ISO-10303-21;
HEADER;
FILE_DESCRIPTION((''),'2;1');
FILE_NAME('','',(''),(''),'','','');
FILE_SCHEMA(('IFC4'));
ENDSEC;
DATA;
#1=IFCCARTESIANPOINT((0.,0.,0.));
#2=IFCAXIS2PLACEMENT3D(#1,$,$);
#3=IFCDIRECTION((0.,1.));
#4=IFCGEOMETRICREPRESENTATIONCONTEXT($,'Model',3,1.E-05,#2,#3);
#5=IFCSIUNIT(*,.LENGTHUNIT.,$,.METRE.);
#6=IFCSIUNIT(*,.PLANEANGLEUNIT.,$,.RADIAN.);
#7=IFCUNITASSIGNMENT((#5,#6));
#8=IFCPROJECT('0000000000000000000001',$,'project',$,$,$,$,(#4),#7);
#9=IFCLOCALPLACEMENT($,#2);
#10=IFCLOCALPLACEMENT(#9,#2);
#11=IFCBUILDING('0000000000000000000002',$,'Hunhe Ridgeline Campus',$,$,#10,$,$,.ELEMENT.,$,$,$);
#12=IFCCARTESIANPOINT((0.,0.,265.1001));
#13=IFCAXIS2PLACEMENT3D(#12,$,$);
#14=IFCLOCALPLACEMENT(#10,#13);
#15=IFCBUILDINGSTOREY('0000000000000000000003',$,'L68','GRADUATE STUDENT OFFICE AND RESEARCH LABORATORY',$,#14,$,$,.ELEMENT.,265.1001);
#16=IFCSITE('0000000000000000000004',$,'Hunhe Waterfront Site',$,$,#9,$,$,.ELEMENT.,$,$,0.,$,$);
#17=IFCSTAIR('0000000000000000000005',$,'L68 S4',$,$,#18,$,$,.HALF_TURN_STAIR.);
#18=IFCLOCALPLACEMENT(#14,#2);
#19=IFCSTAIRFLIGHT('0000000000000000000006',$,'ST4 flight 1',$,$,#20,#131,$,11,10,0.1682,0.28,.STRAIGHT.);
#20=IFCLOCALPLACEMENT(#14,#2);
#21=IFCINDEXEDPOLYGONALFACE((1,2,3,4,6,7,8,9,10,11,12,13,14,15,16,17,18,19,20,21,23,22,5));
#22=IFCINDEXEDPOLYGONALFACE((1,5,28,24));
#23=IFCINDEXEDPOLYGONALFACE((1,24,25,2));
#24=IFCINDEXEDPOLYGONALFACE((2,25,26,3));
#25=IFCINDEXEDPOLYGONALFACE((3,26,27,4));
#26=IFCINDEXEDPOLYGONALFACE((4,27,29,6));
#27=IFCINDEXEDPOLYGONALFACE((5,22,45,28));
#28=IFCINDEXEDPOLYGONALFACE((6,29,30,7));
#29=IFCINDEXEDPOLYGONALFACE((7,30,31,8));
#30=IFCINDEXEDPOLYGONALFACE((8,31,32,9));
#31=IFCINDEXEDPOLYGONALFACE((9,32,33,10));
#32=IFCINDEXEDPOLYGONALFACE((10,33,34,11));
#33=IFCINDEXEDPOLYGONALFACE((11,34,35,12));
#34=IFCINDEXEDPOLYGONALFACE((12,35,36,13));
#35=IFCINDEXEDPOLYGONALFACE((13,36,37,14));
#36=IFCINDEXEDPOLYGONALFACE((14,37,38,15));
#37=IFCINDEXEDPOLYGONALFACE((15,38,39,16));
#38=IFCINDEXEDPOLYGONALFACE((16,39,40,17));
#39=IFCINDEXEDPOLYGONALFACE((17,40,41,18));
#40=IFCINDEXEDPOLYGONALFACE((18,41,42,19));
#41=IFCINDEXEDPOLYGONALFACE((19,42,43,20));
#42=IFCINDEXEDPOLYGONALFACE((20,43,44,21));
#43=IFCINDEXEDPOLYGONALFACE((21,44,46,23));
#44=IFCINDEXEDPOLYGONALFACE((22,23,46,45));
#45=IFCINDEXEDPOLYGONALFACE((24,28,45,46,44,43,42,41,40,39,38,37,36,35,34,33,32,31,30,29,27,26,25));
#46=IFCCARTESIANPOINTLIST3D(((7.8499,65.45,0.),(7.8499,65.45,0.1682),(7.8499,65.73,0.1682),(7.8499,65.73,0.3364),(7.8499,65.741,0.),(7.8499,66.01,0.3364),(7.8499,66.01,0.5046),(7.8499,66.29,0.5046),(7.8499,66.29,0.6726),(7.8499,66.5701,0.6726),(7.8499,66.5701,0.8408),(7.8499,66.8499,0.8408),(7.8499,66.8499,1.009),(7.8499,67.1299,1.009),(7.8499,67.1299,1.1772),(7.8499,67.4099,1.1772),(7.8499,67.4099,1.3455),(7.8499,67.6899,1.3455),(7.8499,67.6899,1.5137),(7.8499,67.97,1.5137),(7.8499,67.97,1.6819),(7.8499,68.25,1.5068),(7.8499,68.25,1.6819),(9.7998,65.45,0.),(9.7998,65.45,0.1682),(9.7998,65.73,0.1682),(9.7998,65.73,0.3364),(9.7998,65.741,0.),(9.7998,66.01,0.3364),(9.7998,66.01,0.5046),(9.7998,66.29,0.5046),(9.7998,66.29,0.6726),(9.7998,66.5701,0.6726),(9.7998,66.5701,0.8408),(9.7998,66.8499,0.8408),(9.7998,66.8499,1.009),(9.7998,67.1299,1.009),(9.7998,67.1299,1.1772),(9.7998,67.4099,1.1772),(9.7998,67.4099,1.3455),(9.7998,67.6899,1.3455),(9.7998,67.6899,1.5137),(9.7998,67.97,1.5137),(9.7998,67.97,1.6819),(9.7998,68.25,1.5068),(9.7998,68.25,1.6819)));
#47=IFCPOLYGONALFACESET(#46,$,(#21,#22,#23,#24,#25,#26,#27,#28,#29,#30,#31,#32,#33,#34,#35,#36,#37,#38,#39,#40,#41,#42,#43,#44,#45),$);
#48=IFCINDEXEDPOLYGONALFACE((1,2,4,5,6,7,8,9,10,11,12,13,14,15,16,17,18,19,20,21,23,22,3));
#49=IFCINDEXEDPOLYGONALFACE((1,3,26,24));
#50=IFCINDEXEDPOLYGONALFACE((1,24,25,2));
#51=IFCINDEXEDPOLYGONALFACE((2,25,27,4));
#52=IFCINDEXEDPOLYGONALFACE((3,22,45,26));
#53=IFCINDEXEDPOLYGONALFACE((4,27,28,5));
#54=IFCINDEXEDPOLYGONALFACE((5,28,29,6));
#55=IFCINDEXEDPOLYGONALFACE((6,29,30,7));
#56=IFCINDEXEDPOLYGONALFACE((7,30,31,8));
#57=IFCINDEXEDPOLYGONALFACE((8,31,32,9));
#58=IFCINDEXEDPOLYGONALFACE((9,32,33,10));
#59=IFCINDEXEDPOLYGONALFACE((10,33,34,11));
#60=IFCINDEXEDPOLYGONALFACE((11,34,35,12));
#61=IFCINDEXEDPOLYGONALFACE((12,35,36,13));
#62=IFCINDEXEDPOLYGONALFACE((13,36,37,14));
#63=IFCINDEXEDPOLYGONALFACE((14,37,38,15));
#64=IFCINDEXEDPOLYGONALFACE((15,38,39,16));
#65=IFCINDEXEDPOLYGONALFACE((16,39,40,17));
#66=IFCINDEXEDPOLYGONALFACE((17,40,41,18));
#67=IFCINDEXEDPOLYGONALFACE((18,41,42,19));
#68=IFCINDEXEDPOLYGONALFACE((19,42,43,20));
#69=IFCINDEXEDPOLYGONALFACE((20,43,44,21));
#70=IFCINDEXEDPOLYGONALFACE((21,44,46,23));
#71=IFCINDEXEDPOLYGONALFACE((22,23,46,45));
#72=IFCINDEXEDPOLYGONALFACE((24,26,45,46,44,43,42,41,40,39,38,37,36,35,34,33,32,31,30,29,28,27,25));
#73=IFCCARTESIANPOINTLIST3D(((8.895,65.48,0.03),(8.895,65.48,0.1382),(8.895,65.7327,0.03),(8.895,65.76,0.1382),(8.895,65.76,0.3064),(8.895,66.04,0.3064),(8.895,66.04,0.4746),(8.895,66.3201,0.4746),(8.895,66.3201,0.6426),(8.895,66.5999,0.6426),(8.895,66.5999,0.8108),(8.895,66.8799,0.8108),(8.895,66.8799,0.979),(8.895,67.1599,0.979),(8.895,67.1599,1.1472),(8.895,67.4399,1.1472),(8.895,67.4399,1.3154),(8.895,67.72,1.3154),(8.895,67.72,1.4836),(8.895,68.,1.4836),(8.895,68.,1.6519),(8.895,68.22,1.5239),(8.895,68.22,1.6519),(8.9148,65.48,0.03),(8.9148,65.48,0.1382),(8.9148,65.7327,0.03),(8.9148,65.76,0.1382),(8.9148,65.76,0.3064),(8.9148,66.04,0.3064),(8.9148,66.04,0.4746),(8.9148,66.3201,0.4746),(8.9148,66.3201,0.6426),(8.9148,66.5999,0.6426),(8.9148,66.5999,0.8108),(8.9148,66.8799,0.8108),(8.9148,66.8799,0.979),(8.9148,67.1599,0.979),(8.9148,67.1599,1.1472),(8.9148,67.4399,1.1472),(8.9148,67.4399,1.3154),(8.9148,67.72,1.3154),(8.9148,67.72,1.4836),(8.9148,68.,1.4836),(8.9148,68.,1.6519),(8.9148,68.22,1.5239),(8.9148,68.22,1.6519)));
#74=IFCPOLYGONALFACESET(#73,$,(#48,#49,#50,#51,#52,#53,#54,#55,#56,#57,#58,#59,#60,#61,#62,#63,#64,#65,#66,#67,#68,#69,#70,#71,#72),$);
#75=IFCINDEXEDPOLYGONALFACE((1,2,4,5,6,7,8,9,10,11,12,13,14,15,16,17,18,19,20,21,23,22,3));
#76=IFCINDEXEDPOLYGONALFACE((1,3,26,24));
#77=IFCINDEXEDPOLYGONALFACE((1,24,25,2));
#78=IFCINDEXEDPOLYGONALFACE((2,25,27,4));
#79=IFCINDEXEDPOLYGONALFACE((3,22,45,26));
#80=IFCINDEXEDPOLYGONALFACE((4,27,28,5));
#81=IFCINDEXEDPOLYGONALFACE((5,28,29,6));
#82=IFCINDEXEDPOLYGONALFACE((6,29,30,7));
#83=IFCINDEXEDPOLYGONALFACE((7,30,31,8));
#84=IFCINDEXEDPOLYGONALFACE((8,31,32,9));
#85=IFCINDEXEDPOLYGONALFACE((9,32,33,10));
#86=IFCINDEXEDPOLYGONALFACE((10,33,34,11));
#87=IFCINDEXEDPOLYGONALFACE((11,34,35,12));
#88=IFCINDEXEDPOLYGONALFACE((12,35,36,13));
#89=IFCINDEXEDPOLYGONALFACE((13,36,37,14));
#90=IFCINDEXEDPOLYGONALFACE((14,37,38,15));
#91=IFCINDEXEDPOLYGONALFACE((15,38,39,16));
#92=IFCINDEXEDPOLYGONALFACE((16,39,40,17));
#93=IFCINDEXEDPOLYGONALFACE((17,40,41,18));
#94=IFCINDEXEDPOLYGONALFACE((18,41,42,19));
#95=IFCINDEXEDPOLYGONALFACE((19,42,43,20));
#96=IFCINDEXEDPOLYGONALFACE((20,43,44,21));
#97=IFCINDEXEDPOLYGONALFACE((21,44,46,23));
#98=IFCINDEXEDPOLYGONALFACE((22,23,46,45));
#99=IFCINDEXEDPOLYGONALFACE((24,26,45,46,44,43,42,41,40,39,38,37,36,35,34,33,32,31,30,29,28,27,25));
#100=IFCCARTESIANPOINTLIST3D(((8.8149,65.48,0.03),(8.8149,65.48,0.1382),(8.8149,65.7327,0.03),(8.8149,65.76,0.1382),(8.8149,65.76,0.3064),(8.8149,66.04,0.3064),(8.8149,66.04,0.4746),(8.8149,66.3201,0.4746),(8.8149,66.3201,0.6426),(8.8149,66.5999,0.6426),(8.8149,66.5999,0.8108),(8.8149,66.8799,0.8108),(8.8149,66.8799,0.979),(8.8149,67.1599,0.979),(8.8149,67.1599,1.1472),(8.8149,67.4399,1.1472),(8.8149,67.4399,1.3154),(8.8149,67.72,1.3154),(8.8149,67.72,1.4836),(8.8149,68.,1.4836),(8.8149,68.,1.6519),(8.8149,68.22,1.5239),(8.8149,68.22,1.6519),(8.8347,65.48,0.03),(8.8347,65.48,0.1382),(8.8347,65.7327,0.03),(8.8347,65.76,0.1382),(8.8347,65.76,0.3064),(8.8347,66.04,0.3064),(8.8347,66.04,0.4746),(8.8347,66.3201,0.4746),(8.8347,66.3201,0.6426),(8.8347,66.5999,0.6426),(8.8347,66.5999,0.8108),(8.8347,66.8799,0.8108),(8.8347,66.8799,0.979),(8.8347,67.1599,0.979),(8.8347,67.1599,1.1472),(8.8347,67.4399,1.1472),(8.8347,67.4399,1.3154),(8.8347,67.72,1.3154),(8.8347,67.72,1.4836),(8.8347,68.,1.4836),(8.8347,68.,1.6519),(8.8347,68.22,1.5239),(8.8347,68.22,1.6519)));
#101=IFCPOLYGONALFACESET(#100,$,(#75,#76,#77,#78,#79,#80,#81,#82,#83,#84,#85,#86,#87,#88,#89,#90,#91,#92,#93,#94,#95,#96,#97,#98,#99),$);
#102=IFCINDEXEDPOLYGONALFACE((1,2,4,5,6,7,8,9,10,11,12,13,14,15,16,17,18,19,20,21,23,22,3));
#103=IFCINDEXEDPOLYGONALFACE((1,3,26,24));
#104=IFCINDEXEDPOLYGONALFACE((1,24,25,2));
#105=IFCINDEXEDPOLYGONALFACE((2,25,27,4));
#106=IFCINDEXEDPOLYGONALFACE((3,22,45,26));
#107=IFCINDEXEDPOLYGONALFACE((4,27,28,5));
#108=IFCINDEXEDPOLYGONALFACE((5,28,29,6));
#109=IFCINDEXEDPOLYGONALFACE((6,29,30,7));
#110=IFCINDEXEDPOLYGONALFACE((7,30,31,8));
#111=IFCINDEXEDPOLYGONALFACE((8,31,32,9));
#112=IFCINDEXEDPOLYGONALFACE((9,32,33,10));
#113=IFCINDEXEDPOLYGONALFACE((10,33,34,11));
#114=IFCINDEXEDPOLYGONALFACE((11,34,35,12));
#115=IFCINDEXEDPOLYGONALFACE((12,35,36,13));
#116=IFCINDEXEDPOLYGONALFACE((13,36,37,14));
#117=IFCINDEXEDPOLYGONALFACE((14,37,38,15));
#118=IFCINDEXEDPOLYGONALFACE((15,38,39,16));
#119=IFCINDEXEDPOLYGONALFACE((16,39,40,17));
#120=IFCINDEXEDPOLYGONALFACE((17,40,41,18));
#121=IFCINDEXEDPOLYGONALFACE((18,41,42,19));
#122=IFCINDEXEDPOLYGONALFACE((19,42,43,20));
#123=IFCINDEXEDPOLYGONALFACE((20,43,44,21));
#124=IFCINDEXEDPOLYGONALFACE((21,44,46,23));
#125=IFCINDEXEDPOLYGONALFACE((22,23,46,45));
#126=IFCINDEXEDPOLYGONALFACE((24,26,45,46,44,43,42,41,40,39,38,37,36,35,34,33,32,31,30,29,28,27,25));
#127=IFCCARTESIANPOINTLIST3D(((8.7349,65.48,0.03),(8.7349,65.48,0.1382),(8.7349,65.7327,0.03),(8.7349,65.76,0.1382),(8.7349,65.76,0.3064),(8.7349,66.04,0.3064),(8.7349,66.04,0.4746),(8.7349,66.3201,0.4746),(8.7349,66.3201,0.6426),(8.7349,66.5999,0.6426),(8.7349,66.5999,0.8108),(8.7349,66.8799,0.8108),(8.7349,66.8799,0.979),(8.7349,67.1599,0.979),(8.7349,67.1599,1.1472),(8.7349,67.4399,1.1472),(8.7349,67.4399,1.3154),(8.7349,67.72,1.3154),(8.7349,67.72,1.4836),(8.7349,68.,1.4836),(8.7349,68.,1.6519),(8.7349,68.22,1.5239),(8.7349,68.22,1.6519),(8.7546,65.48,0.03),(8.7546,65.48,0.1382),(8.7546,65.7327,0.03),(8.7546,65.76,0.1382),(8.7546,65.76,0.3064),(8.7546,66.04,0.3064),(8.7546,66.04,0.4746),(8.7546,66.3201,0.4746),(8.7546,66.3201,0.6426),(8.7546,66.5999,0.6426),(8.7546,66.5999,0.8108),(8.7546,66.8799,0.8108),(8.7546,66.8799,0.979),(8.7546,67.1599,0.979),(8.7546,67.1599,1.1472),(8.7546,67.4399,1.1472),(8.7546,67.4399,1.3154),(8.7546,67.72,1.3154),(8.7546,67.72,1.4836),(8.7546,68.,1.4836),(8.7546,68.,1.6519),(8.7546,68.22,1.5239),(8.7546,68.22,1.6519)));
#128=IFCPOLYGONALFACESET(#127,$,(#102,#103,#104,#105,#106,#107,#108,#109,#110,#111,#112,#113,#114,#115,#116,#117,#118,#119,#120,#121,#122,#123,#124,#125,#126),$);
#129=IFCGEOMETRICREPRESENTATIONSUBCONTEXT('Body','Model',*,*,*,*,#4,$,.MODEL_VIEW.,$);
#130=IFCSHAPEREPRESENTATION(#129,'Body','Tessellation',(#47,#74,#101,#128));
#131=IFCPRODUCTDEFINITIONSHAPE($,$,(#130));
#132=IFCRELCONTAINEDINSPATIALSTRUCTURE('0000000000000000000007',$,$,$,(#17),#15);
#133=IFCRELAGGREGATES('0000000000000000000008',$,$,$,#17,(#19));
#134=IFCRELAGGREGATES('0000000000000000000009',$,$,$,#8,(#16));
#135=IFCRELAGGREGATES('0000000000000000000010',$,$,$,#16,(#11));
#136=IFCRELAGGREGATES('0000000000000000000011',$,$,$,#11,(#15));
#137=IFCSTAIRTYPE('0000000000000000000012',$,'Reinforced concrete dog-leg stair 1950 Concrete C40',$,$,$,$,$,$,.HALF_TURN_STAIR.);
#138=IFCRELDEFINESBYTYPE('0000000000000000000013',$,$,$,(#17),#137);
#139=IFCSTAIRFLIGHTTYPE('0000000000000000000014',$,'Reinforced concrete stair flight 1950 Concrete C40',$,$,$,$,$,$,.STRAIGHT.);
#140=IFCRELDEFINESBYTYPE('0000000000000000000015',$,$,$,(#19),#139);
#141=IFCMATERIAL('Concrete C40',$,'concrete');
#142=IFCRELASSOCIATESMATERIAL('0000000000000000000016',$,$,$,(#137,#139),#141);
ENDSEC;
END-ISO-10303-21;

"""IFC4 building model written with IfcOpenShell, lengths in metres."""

from ifc_helpers import new_model, si_unit, direction, frame, origin, place, context, subcontext, project, spatial, polyline, outline, extrude, material, type_object, element, aggregate, save


model = new_model("IFC4")

# Units and contexts
model_context = context("Model", 3, precision=1e-05, world=origin(), true_north=direction((0.0, 1.0)))
body_context = subcontext(model_context, "Body", "Model", "MODEL_VIEW")
ifc_project = project(units=[si_unit("LENGTHUNIT", "METRE"), si_unit("PLANEANGLEUNIT", "RADIAN")], contexts=[model_context])

# Site, building, storey
site_placement = place(None, origin())
site = spatial("IfcSite", under=ifc_project, at=site_placement, Name="Hunhe Waterfront Site", CompositionType="ELEMENT", RefElevation=0.0)
building_placement = place(site_placement, origin())
building = spatial("IfcBuilding", under=site, at=building_placement, Name="Hunhe Ridgeline Campus", CompositionType="ELEMENT")
storey_placement = place(building_placement, frame((0.0, 0.0, 265.1001)))
storey = spatial("IfcBuildingStorey", under=building, at=storey_placement, Name="L68", Description="GRADUATE STUDENT OFFICE AND RESEARCH LABORATORY", CompositionType="ELEMENT", Elevation=265.1001)

# Stair, stair flight
ifc_material_1 = material(Name="Concrete C40", Category="concrete")
stair_type = type_object("IfcStairType", Name="Reinforced concrete dog-leg stair 1950 Concrete C40", PredefinedType="HALF_TURN_STAIR", material=ifc_material_1)
stair_flight_type = type_object("IfcStairFlightType", Name="Reinforced concrete stair flight 1950 Concrete C40", PredefinedType="STRAIGHT", material=ifc_material_1)
stair_1_placement = place(storey_placement, origin())
stair_1 = element("IfcStair", 1, at=stair_1_placement, inside=storey, type_object=stair_type, Name="L68 S4", PredefinedType="HALF_TURN_STAIR")
stair_flight_1_placement = place(storey_placement, frame((8.825, 65.45, 0.0), z_axis=(0.0, 0.0, 1.0), x_axis=(0.0, 1.0, 0.0)))
stair_flight_1 = element("IfcStairFlight", 2, at=stair_flight_1_placement, type_object=stair_flight_type, Name="ST4 flight 1", NumberOfRisers=11, NumberOfTreads=10, PredefinedType="STRAIGHT", RiserHeight=0.1682, TreadLength=0.28, context=body_context, shape_type="SweptSolid", body=[
    extrude(outline(polyline([(0.0, 0.0), (0.0, 0.1682), (0.28, 0.1682), (0.28, 0.3364), (0.5601, 0.3364), (0.5601, 0.5046), (0.8401, 0.5046), (0.8401, 0.6726), (1.1201, 0.6726), (1.1201, 0.8408), (1.3999, 0.8408), (1.3999, 1.009), (1.6799, 1.009), (1.6799, 1.1772), (1.96, 1.1772), (1.96, 1.3455), (2.24, 1.3455), (2.24, 1.5137), (2.52, 1.5137), (2.52, 1.6819), (2.8, 1.6819), (2.8, 1.8501), (2.8, 1.5068), (0.291, 0.0), (0.0, 0.0)])), frame((0.0, 0.9751, 0.0), z_axis=(0.0, -1.0, 0.0), x_axis=(1.0, 0.0, 0.0)), (0.0, 0.0, 1.0), 1.95),
    extrude(outline(polyline([(0.03, 0.03), (0.03, 0.1382), (0.3101, 0.1382), (0.3101, 0.3064), (0.5901, 0.3064), (0.5901, 0.4746), (0.8701, 0.4746), (0.8701, 0.6426), (1.1499, 0.6426), (1.1499, 0.8108), (1.4299, 0.8108), (1.4299, 0.979), (1.71, 0.979), (1.71, 1.1472), (1.99, 1.1472), (1.99, 1.3154), (2.27, 1.3154), (2.27, 1.4836), (2.55, 1.4836), (2.55, 1.6519), (2.77, 1.6519), (2.77, 1.5239), (0.2827, 0.03), (0.03, 0.03)])), frame((0.0, -0.0701, 0.0), z_axis=(0.0, -1.0, 0.0), x_axis=(1.0, 0.0, 0.0)), (0.0, 0.0, 1.0), 0.0198),
    extrude(outline(polyline([(0.03, 0.03), (0.03, 0.1382), (0.3101, 0.1382), (0.3101, 0.3064), (0.5901, 0.3064), (0.5901, 0.4746), (0.8701, 0.4746), (0.8701, 0.6426), (1.1499, 0.6426), (1.1499, 0.8108), (1.4299, 0.8108), (1.4299, 0.979), (1.71, 0.979), (1.71, 1.1472), (1.99, 1.1472), (1.99, 1.3154), (2.27, 1.3154), (2.27, 1.4836), (2.55, 1.4836), (2.55, 1.6519), (2.77, 1.6519), (2.77, 1.5239), (0.2827, 0.03), (0.03, 0.03)])), frame((0.0, 0.01, 0.0), z_axis=(0.0, -1.0, 0.0), x_axis=(1.0, 0.0, 0.0)), (0.0, 0.0, 1.0), 0.0198),
    extrude(outline(polyline([(0.03, 0.03), (0.03, 0.1382), (0.3101, 0.1382), (0.3101, 0.3064), (0.5901, 0.3064), (0.5901, 0.4746), (0.8701, 0.4746), (0.8701, 0.6426), (1.1499, 0.6426), (1.1499, 0.8108), (1.4299, 0.8108), (1.4299, 0.979), (1.71, 0.979), (1.71, 1.1472), (1.99, 1.1472), (1.99, 1.3154), (2.27, 1.3154), (2.27, 1.4836), (2.55, 1.4836), (2.55, 1.6519), (2.77, 1.6519), (2.77, 1.5239), (0.2827, 0.03), (0.03, 0.03)])), frame((0.0, 0.0901, 0.0), z_axis=(0.0, -1.0, 0.0), x_axis=(1.0, 0.0, 0.0)), (0.0, 0.0, 1.0), 0.0198),
])
aggregate(stair_1, [stair_flight_1])

save(model, "model.ifc")
